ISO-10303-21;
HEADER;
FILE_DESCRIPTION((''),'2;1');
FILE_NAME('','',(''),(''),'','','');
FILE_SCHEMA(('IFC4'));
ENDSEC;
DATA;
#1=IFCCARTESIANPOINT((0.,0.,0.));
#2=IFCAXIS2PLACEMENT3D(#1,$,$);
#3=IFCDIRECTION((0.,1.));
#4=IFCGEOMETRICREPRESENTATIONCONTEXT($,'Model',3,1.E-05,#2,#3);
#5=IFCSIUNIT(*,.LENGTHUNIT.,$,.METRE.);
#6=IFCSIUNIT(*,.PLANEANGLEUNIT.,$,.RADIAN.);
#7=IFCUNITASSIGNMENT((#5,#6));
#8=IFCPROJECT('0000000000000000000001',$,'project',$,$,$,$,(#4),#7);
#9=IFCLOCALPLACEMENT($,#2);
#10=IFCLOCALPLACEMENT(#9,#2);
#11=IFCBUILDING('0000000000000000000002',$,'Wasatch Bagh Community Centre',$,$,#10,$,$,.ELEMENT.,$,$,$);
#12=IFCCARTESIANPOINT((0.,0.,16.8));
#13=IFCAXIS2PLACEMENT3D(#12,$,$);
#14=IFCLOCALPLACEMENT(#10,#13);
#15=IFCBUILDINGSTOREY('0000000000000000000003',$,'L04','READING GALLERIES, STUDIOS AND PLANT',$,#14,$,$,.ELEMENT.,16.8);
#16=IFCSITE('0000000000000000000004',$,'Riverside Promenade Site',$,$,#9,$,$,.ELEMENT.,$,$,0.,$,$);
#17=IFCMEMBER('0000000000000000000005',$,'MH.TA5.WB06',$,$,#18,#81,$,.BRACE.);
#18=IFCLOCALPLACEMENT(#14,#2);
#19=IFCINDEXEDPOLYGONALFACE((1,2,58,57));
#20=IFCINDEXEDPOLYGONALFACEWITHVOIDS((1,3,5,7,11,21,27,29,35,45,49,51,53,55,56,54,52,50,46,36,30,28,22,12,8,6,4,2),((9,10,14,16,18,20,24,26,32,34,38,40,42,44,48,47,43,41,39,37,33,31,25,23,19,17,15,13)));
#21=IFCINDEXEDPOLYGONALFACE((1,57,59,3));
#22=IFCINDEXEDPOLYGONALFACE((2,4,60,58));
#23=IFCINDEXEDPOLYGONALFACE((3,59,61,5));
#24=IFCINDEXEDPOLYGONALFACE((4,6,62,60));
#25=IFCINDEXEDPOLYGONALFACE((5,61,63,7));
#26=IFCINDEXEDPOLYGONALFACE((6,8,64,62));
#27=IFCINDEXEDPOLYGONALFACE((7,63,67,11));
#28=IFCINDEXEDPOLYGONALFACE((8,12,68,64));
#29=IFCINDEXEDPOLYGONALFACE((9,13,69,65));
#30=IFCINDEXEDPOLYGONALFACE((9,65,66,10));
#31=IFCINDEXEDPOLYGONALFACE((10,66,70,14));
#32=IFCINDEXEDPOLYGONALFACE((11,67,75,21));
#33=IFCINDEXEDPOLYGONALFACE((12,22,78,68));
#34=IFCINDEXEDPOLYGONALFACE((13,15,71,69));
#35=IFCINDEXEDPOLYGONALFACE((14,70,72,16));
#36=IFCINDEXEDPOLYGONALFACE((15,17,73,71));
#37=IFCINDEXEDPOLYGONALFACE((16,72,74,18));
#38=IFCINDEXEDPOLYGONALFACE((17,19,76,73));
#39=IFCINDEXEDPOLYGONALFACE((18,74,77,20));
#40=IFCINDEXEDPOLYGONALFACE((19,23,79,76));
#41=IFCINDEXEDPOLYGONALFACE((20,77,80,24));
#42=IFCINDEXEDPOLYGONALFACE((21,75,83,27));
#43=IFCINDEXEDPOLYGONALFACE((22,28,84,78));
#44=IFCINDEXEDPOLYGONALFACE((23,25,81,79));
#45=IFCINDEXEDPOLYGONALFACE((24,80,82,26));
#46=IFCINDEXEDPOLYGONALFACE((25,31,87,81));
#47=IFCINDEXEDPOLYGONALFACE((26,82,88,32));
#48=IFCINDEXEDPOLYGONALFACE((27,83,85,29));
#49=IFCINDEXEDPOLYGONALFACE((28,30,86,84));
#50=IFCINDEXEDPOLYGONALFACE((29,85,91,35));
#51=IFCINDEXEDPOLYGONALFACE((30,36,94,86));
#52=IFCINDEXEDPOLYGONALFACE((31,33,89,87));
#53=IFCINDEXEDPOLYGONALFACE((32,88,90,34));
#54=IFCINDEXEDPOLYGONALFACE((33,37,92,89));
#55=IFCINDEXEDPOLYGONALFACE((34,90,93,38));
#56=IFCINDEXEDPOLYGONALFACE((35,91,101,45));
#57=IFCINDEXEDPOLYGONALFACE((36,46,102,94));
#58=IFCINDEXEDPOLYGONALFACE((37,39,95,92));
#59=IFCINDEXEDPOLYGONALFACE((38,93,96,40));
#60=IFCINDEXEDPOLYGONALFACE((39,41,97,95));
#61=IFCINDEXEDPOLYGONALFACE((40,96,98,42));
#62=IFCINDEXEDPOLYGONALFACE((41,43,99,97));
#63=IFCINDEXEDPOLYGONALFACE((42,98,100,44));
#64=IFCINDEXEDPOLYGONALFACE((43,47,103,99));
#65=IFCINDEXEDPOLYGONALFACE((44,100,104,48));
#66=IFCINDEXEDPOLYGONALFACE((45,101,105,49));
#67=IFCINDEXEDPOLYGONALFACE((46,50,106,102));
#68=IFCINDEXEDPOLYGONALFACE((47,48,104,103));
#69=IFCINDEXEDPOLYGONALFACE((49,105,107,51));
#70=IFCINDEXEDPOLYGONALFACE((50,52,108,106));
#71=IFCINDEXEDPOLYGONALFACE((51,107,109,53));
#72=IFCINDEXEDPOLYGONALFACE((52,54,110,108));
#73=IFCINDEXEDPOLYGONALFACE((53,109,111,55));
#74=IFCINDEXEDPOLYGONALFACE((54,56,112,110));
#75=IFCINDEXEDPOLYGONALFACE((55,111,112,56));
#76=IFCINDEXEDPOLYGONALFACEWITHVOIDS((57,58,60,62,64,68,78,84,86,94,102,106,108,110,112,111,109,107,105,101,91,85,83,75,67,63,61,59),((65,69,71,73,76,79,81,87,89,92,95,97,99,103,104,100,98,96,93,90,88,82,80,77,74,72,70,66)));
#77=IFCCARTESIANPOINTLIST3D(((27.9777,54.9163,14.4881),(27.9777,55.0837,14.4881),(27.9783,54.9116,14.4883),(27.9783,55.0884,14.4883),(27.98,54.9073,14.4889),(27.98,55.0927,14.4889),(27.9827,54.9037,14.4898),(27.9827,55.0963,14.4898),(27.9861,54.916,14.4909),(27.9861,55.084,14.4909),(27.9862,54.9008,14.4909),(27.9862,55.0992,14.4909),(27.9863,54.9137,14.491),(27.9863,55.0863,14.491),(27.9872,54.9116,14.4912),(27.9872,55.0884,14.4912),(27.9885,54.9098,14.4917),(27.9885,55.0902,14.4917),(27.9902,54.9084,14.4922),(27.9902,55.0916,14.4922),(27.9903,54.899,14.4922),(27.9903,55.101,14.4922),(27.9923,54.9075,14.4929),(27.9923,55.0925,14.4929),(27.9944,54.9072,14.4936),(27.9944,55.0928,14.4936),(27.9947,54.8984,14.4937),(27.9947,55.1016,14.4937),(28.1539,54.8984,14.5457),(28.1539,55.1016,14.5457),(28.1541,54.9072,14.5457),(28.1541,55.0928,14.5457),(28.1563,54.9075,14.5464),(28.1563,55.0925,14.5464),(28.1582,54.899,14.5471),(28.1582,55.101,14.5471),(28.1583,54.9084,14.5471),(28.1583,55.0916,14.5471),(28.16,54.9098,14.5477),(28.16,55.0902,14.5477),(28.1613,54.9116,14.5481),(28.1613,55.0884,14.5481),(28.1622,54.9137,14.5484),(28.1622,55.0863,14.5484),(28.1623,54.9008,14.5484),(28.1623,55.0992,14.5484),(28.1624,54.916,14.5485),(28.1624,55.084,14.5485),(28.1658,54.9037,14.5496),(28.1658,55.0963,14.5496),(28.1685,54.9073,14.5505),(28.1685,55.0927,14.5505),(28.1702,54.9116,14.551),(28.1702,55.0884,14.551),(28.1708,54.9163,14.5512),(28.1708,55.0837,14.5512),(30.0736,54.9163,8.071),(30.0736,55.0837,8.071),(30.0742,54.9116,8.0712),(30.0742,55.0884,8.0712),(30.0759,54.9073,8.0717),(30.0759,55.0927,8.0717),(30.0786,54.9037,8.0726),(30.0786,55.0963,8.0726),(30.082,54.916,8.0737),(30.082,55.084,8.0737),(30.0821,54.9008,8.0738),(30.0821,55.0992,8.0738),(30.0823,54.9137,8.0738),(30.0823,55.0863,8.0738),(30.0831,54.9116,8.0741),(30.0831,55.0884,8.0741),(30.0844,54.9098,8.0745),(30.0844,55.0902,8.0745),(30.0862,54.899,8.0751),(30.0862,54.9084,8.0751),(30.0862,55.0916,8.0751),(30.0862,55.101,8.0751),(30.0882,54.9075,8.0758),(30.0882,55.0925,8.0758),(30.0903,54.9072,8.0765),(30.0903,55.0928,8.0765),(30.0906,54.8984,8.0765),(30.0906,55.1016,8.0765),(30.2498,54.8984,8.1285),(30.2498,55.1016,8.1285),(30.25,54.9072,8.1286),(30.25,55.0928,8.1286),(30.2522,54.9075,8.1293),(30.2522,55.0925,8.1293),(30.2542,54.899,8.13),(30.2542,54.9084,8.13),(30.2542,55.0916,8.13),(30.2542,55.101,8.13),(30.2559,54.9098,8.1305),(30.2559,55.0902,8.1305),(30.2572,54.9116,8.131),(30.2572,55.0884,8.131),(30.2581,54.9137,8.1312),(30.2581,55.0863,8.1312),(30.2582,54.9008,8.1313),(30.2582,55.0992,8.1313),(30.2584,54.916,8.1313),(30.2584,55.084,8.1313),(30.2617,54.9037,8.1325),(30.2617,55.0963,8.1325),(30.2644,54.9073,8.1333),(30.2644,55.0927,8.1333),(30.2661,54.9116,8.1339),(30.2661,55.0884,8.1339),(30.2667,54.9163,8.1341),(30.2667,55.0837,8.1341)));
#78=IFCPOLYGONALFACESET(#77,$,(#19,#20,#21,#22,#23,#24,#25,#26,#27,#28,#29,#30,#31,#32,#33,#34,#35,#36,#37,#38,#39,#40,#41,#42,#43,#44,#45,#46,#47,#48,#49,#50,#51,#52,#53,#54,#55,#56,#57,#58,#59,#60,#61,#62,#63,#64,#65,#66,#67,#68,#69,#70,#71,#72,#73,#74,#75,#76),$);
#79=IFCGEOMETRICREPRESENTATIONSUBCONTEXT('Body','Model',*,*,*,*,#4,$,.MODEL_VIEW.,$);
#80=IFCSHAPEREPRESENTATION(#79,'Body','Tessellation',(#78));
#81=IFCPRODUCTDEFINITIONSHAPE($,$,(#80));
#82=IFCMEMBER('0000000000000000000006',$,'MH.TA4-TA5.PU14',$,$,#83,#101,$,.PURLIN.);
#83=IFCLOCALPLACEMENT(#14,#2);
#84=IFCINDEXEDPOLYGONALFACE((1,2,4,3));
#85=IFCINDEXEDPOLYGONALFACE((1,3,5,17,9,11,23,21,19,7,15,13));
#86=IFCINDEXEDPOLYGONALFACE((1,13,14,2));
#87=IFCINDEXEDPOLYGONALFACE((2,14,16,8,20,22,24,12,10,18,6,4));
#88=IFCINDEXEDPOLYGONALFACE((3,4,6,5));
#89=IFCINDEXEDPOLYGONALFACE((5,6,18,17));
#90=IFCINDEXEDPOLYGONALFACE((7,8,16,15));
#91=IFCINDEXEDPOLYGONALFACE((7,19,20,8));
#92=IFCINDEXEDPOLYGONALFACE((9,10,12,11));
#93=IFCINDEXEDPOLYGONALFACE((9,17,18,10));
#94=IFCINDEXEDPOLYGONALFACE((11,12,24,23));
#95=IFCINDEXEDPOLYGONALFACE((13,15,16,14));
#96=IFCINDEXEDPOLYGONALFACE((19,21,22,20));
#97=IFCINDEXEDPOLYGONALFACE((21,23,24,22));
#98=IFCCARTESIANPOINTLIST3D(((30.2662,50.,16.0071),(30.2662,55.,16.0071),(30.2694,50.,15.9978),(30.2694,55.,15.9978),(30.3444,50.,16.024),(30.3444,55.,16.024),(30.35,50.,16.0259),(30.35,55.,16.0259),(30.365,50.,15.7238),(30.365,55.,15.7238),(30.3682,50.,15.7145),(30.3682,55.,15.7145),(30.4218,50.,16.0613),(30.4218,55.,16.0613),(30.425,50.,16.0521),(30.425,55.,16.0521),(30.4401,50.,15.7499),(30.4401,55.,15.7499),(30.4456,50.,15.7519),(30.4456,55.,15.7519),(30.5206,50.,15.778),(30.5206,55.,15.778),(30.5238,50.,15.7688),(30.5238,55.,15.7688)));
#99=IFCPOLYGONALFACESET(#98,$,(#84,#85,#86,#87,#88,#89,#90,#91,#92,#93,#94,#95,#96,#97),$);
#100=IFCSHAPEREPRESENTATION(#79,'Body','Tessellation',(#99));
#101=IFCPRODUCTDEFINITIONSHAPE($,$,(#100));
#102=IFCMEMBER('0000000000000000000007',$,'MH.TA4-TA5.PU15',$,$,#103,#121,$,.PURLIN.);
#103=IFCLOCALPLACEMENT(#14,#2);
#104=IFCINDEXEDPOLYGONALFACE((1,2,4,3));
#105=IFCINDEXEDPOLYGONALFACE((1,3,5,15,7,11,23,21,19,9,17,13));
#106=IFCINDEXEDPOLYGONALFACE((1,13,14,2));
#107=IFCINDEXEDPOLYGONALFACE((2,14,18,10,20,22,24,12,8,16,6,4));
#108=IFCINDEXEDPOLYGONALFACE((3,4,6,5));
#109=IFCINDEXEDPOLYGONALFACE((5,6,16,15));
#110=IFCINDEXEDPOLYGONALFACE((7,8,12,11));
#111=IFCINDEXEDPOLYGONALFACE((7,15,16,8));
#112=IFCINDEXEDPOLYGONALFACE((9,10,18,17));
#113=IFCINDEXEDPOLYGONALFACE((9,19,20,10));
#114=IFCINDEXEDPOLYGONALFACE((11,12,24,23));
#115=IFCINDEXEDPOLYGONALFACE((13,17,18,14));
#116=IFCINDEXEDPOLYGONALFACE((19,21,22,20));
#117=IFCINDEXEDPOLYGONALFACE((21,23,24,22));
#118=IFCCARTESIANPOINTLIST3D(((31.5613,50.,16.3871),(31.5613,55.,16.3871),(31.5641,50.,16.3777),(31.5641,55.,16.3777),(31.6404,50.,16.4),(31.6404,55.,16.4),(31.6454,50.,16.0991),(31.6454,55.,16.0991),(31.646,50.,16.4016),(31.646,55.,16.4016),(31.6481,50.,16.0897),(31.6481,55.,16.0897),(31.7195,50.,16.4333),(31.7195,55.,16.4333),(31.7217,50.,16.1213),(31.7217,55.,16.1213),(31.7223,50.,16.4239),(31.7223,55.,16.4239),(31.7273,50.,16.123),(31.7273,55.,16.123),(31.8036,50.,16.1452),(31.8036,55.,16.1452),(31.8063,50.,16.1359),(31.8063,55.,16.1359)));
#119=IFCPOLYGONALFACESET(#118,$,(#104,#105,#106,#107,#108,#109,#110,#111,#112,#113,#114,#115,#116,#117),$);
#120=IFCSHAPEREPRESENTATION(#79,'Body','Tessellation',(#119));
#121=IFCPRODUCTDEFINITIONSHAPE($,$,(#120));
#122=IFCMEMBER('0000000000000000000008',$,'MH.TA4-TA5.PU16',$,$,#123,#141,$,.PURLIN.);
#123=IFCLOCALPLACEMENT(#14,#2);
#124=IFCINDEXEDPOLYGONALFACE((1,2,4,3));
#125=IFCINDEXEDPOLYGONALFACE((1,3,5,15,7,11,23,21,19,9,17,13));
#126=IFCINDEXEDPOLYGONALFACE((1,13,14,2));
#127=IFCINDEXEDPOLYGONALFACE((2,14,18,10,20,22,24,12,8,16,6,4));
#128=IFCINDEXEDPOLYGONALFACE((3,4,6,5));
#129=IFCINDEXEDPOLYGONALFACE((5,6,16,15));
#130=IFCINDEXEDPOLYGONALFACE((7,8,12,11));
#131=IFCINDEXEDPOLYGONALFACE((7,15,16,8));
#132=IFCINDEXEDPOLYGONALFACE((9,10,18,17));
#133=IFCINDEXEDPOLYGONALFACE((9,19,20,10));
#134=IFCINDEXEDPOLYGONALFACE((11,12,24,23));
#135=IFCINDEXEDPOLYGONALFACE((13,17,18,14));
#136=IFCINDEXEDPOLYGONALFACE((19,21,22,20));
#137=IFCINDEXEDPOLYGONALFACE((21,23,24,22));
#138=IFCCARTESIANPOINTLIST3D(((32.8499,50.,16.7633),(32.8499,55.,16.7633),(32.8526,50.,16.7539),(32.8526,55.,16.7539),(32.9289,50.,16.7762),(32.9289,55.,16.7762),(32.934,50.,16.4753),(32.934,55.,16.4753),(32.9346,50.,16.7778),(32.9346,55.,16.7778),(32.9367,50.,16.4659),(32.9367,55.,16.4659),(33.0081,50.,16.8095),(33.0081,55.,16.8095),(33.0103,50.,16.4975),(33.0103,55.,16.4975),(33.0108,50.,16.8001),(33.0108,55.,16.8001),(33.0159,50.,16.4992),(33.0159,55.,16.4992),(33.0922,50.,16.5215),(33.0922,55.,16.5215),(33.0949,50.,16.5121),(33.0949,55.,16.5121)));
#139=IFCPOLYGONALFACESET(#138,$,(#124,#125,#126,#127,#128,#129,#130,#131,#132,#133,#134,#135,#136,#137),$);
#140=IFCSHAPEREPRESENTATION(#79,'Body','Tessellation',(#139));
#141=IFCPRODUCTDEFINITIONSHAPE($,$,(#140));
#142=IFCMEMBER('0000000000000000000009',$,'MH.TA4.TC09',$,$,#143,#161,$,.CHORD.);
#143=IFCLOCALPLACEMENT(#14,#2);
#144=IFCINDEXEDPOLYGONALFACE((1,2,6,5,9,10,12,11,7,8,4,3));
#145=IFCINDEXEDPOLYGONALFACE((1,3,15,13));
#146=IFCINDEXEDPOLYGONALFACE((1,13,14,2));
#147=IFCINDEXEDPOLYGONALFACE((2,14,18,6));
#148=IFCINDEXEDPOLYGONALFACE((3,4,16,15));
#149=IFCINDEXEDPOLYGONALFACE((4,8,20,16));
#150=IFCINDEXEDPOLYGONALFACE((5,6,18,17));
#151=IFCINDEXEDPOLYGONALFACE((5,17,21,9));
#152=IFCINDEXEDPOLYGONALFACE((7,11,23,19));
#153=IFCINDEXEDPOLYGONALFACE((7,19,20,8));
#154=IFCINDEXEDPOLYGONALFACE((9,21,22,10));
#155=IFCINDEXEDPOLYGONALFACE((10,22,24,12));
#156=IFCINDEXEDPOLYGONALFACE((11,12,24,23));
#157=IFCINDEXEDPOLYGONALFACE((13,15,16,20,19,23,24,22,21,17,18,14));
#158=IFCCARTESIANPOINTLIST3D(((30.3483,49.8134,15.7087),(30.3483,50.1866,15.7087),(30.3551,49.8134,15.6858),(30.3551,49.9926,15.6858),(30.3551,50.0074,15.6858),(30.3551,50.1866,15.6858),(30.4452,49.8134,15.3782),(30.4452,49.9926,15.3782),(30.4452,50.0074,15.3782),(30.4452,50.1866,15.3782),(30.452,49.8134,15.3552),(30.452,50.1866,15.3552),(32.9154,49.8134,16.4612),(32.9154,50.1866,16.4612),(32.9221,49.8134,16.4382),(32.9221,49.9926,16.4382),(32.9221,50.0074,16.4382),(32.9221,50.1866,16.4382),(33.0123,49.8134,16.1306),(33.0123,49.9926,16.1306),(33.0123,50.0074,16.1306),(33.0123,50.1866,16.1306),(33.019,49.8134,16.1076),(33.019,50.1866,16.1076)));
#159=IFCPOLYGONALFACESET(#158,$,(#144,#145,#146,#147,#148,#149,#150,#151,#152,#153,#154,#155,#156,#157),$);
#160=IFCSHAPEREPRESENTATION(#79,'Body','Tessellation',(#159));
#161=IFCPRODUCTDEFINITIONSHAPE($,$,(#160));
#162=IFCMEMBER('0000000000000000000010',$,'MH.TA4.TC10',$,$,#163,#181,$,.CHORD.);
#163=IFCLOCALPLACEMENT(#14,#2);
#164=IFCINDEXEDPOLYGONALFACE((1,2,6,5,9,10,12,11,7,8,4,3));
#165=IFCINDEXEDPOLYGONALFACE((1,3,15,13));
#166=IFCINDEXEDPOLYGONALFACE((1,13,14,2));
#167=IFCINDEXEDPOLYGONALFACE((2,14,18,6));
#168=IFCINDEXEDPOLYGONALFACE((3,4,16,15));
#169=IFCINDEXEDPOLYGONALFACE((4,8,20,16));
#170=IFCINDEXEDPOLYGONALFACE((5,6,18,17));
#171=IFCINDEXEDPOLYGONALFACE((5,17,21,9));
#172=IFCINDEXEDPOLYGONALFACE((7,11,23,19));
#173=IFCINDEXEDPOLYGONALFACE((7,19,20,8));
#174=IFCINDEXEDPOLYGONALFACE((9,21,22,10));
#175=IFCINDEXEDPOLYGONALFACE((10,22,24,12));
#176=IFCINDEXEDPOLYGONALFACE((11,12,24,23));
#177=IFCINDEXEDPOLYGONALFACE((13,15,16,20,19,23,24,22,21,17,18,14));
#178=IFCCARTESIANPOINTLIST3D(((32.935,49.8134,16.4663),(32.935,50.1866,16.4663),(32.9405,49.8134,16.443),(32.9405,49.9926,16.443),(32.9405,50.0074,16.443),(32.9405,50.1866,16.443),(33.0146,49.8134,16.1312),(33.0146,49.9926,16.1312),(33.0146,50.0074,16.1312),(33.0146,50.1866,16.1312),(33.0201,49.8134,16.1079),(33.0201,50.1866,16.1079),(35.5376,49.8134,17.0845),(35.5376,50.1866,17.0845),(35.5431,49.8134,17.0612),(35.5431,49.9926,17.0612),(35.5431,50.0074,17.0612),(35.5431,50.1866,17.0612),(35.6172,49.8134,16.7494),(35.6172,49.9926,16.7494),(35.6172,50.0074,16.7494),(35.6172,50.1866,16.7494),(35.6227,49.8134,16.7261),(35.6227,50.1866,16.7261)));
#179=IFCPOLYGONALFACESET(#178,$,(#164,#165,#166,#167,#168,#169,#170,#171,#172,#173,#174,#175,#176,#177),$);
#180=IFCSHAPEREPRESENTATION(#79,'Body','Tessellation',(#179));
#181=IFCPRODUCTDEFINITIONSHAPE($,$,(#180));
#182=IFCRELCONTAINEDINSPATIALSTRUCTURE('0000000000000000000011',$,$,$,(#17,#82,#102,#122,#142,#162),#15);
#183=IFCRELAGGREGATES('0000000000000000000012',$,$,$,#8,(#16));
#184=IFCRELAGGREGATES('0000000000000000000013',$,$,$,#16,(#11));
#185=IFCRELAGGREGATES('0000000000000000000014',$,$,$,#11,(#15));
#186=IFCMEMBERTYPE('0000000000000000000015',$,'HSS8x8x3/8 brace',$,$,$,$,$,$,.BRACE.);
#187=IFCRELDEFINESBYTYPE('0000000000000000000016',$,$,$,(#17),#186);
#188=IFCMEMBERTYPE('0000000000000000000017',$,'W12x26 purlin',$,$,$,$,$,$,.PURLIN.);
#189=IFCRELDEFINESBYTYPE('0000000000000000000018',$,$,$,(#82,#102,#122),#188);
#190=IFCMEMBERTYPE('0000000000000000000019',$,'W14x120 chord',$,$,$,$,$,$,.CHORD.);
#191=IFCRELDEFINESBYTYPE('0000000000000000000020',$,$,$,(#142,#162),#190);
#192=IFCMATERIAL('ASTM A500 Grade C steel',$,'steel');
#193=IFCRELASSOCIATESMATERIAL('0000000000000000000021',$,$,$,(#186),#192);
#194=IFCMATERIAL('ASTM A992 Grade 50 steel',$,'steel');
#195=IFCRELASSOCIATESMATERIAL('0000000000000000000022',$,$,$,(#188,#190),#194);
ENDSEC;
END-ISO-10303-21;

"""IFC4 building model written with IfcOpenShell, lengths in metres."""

from ifc_helpers import new_model, si_unit, direction, frame, origin, origin_2d, place, context, subcontext, project, spatial, hollow_rectangle, i_section, extrude, material, material_profile, profile_set, type_object, element, save


model = new_model("IFC4")

# Units and contexts
model_context = context("Model", 3, precision=1e-05, world=origin(), true_north=direction((0.0, 1.0)))
body_context = subcontext(model_context, "Body", "Model", "MODEL_VIEW")
ifc_project = project(units=[si_unit("LENGTHUNIT", "METRE"), si_unit("PLANEANGLEUNIT", "RADIAN")], contexts=[model_context])

# Site, building, storey
site_placement = place(None, origin())
site = spatial("IfcSite", under=ifc_project, at=site_placement, Name="Riverside Promenade Site", CompositionType="ELEMENT", RefElevation=0.0)
building_placement = place(site_placement, origin())
building = spatial("IfcBuilding", under=site, at=building_placement, Name="Wasatch Bagh Community Centre", CompositionType="ELEMENT")
storey_placement = place(building_placement, frame((0.0, 0.0, 16.8)))
storey = spatial("IfcBuildingStorey", under=building, at=storey_placement, Name="L04", Description="READING GALLERIES, STUDIOS AND PLANT", CompositionType="ELEMENT", Elevation=16.8)

# Members
ifc_material_1 = material(Name="ASTM A500 Grade C steel", Category="steel")
ifc_material_profile_1 = material_profile(ifc_material_1, hollow_rectangle(XDim=0.2031, YDim=0.2031, WallThickness=0.0088, InnerFilletRadius=0.0088, OuterFilletRadius=0.0178, at=origin_2d()), Name="HSS8x8x3/8")
ifc_profile_set_1 = profile_set([ifc_material_profile_1], Name="ASTM A500 Grade C steel")
member_type_1 = type_object("IfcMemberType", Name="HSS8x8x3/8 brace", PredefinedType="BRACE", material=ifc_profile_set_1)
member_1_placement = place(storey_placement, frame((30.1702, 55.0, 8.1025), z_axis=(-0.310472, 0.0, 0.950583), x_axis=(0.0, -1.0, 0.0)))
element("IfcMember", 1, at=member_1_placement, inside=storey, type_object=member_type_1, Name="MH.TA5.WB06", PredefinedType="BRACE", context=body_context, shape_type="SweptSolid", body=[
    extrude(hollow_rectangle(XDim=0.2031, YDim=0.2031, WallThickness=0.0088, InnerFilletRadius=0.0088, OuterFilletRadius=0.0178, at=origin_2d()), origin(), (0.0, 0.0, 1.0), 6.7507),
])
ifc_material_2 = material(Name="ASTM A992 Grade 50 steel", Category="steel")
ifc_material_profile_2 = material_profile(ifc_material_2, i_section(OverallWidth=0.1648, OverallDepth=0.3098, WebThickness=0.0059, FlangeThickness=0.0098, at=origin_2d()), Name="W12x26")
ifc_profile_set_2 = profile_set([ifc_material_profile_2], Name="ASTM A992 Grade 50 steel")
member_type_2 = type_object("IfcMemberType", Name="W12x26 purlin", PredefinedType="PURLIN", material=ifc_profile_set_2)
for number, where, z_axis, x_axis, name in (
    (2, (30.395, 50.0, 15.8879), (0.0, 1.0, 0.0), (-0.944194, 0.0, -0.329389), "MH.TA4-TA5.PU14"),
    (3, (31.6838, 50.0, 16.2615), (0.0, 1.0, 0.0), (-0.959938, 0.0, -0.280214), "MH.TA4-TA5.PU15"),
    (4, (32.9724, 50.0, 16.6377), (0.0, 1.0, 0.0), (-0.959938, 0.0, -0.280214), "MH.TA4-TA5.PU16"),
):
    element("IfcMember", number, at=place(storey_placement, frame(where, z_axis=z_axis, x_axis=x_axis)), inside=storey, type_object=member_type_2, Name=name, PredefinedType="PURLIN", context=body_context, shape_type="SweptSolid", body=[
        extrude(i_section(OverallWidth=0.1648, OverallDepth=0.3098, WebThickness=0.0059, FlangeThickness=0.0098, at=origin_2d()), origin(), (0.0, 0.0, 1.0), 5.0),
    ])
ifc_material_profile_3 = material_profile(ifc_material_2, i_section(OverallWidth=0.3733, OverallDepth=0.3684, WebThickness=0.0149, FlangeThickness=0.0239, at=origin_2d()), Name="W14x120")
ifc_profile_set_3 = profile_set([ifc_material_profile_3], Name="ASTM A992 Grade 50 steel")
member_type_3 = type_object("IfcMemberType", Name="W14x120 chord", PredefinedType="CHORD", material=ifc_profile_set_3)
for number, where, z_axis, x_axis, name in (
    (5, (30.4001, 50.0, 15.532), (0.959628, 0.0, 0.281272), (0.0, 1.0, 0.0), "MH.TA4.TC09"),
    (6, (32.9775, 50.0, 16.2871), (0.972931, 0.0, 0.231094), (0.0, 1.0, 0.0), "MH.TA4.TC10"),
):
    element("IfcMember", number, at=place(storey_placement, frame(where, z_axis=z_axis, x_axis=x_axis)), inside=storey, type_object=member_type_3, Name=name, PredefinedType="CHORD", context=body_context, shape_type="SweptSolid", body=[
        extrude(i_section(OverallWidth=0.3733, OverallDepth=0.3684, WebThickness=0.0149, FlangeThickness=0.0239, at=origin_2d()), origin(), (0.0, 0.0, 1.0), 2.675),
    ])

save(model, "model.ifc")
